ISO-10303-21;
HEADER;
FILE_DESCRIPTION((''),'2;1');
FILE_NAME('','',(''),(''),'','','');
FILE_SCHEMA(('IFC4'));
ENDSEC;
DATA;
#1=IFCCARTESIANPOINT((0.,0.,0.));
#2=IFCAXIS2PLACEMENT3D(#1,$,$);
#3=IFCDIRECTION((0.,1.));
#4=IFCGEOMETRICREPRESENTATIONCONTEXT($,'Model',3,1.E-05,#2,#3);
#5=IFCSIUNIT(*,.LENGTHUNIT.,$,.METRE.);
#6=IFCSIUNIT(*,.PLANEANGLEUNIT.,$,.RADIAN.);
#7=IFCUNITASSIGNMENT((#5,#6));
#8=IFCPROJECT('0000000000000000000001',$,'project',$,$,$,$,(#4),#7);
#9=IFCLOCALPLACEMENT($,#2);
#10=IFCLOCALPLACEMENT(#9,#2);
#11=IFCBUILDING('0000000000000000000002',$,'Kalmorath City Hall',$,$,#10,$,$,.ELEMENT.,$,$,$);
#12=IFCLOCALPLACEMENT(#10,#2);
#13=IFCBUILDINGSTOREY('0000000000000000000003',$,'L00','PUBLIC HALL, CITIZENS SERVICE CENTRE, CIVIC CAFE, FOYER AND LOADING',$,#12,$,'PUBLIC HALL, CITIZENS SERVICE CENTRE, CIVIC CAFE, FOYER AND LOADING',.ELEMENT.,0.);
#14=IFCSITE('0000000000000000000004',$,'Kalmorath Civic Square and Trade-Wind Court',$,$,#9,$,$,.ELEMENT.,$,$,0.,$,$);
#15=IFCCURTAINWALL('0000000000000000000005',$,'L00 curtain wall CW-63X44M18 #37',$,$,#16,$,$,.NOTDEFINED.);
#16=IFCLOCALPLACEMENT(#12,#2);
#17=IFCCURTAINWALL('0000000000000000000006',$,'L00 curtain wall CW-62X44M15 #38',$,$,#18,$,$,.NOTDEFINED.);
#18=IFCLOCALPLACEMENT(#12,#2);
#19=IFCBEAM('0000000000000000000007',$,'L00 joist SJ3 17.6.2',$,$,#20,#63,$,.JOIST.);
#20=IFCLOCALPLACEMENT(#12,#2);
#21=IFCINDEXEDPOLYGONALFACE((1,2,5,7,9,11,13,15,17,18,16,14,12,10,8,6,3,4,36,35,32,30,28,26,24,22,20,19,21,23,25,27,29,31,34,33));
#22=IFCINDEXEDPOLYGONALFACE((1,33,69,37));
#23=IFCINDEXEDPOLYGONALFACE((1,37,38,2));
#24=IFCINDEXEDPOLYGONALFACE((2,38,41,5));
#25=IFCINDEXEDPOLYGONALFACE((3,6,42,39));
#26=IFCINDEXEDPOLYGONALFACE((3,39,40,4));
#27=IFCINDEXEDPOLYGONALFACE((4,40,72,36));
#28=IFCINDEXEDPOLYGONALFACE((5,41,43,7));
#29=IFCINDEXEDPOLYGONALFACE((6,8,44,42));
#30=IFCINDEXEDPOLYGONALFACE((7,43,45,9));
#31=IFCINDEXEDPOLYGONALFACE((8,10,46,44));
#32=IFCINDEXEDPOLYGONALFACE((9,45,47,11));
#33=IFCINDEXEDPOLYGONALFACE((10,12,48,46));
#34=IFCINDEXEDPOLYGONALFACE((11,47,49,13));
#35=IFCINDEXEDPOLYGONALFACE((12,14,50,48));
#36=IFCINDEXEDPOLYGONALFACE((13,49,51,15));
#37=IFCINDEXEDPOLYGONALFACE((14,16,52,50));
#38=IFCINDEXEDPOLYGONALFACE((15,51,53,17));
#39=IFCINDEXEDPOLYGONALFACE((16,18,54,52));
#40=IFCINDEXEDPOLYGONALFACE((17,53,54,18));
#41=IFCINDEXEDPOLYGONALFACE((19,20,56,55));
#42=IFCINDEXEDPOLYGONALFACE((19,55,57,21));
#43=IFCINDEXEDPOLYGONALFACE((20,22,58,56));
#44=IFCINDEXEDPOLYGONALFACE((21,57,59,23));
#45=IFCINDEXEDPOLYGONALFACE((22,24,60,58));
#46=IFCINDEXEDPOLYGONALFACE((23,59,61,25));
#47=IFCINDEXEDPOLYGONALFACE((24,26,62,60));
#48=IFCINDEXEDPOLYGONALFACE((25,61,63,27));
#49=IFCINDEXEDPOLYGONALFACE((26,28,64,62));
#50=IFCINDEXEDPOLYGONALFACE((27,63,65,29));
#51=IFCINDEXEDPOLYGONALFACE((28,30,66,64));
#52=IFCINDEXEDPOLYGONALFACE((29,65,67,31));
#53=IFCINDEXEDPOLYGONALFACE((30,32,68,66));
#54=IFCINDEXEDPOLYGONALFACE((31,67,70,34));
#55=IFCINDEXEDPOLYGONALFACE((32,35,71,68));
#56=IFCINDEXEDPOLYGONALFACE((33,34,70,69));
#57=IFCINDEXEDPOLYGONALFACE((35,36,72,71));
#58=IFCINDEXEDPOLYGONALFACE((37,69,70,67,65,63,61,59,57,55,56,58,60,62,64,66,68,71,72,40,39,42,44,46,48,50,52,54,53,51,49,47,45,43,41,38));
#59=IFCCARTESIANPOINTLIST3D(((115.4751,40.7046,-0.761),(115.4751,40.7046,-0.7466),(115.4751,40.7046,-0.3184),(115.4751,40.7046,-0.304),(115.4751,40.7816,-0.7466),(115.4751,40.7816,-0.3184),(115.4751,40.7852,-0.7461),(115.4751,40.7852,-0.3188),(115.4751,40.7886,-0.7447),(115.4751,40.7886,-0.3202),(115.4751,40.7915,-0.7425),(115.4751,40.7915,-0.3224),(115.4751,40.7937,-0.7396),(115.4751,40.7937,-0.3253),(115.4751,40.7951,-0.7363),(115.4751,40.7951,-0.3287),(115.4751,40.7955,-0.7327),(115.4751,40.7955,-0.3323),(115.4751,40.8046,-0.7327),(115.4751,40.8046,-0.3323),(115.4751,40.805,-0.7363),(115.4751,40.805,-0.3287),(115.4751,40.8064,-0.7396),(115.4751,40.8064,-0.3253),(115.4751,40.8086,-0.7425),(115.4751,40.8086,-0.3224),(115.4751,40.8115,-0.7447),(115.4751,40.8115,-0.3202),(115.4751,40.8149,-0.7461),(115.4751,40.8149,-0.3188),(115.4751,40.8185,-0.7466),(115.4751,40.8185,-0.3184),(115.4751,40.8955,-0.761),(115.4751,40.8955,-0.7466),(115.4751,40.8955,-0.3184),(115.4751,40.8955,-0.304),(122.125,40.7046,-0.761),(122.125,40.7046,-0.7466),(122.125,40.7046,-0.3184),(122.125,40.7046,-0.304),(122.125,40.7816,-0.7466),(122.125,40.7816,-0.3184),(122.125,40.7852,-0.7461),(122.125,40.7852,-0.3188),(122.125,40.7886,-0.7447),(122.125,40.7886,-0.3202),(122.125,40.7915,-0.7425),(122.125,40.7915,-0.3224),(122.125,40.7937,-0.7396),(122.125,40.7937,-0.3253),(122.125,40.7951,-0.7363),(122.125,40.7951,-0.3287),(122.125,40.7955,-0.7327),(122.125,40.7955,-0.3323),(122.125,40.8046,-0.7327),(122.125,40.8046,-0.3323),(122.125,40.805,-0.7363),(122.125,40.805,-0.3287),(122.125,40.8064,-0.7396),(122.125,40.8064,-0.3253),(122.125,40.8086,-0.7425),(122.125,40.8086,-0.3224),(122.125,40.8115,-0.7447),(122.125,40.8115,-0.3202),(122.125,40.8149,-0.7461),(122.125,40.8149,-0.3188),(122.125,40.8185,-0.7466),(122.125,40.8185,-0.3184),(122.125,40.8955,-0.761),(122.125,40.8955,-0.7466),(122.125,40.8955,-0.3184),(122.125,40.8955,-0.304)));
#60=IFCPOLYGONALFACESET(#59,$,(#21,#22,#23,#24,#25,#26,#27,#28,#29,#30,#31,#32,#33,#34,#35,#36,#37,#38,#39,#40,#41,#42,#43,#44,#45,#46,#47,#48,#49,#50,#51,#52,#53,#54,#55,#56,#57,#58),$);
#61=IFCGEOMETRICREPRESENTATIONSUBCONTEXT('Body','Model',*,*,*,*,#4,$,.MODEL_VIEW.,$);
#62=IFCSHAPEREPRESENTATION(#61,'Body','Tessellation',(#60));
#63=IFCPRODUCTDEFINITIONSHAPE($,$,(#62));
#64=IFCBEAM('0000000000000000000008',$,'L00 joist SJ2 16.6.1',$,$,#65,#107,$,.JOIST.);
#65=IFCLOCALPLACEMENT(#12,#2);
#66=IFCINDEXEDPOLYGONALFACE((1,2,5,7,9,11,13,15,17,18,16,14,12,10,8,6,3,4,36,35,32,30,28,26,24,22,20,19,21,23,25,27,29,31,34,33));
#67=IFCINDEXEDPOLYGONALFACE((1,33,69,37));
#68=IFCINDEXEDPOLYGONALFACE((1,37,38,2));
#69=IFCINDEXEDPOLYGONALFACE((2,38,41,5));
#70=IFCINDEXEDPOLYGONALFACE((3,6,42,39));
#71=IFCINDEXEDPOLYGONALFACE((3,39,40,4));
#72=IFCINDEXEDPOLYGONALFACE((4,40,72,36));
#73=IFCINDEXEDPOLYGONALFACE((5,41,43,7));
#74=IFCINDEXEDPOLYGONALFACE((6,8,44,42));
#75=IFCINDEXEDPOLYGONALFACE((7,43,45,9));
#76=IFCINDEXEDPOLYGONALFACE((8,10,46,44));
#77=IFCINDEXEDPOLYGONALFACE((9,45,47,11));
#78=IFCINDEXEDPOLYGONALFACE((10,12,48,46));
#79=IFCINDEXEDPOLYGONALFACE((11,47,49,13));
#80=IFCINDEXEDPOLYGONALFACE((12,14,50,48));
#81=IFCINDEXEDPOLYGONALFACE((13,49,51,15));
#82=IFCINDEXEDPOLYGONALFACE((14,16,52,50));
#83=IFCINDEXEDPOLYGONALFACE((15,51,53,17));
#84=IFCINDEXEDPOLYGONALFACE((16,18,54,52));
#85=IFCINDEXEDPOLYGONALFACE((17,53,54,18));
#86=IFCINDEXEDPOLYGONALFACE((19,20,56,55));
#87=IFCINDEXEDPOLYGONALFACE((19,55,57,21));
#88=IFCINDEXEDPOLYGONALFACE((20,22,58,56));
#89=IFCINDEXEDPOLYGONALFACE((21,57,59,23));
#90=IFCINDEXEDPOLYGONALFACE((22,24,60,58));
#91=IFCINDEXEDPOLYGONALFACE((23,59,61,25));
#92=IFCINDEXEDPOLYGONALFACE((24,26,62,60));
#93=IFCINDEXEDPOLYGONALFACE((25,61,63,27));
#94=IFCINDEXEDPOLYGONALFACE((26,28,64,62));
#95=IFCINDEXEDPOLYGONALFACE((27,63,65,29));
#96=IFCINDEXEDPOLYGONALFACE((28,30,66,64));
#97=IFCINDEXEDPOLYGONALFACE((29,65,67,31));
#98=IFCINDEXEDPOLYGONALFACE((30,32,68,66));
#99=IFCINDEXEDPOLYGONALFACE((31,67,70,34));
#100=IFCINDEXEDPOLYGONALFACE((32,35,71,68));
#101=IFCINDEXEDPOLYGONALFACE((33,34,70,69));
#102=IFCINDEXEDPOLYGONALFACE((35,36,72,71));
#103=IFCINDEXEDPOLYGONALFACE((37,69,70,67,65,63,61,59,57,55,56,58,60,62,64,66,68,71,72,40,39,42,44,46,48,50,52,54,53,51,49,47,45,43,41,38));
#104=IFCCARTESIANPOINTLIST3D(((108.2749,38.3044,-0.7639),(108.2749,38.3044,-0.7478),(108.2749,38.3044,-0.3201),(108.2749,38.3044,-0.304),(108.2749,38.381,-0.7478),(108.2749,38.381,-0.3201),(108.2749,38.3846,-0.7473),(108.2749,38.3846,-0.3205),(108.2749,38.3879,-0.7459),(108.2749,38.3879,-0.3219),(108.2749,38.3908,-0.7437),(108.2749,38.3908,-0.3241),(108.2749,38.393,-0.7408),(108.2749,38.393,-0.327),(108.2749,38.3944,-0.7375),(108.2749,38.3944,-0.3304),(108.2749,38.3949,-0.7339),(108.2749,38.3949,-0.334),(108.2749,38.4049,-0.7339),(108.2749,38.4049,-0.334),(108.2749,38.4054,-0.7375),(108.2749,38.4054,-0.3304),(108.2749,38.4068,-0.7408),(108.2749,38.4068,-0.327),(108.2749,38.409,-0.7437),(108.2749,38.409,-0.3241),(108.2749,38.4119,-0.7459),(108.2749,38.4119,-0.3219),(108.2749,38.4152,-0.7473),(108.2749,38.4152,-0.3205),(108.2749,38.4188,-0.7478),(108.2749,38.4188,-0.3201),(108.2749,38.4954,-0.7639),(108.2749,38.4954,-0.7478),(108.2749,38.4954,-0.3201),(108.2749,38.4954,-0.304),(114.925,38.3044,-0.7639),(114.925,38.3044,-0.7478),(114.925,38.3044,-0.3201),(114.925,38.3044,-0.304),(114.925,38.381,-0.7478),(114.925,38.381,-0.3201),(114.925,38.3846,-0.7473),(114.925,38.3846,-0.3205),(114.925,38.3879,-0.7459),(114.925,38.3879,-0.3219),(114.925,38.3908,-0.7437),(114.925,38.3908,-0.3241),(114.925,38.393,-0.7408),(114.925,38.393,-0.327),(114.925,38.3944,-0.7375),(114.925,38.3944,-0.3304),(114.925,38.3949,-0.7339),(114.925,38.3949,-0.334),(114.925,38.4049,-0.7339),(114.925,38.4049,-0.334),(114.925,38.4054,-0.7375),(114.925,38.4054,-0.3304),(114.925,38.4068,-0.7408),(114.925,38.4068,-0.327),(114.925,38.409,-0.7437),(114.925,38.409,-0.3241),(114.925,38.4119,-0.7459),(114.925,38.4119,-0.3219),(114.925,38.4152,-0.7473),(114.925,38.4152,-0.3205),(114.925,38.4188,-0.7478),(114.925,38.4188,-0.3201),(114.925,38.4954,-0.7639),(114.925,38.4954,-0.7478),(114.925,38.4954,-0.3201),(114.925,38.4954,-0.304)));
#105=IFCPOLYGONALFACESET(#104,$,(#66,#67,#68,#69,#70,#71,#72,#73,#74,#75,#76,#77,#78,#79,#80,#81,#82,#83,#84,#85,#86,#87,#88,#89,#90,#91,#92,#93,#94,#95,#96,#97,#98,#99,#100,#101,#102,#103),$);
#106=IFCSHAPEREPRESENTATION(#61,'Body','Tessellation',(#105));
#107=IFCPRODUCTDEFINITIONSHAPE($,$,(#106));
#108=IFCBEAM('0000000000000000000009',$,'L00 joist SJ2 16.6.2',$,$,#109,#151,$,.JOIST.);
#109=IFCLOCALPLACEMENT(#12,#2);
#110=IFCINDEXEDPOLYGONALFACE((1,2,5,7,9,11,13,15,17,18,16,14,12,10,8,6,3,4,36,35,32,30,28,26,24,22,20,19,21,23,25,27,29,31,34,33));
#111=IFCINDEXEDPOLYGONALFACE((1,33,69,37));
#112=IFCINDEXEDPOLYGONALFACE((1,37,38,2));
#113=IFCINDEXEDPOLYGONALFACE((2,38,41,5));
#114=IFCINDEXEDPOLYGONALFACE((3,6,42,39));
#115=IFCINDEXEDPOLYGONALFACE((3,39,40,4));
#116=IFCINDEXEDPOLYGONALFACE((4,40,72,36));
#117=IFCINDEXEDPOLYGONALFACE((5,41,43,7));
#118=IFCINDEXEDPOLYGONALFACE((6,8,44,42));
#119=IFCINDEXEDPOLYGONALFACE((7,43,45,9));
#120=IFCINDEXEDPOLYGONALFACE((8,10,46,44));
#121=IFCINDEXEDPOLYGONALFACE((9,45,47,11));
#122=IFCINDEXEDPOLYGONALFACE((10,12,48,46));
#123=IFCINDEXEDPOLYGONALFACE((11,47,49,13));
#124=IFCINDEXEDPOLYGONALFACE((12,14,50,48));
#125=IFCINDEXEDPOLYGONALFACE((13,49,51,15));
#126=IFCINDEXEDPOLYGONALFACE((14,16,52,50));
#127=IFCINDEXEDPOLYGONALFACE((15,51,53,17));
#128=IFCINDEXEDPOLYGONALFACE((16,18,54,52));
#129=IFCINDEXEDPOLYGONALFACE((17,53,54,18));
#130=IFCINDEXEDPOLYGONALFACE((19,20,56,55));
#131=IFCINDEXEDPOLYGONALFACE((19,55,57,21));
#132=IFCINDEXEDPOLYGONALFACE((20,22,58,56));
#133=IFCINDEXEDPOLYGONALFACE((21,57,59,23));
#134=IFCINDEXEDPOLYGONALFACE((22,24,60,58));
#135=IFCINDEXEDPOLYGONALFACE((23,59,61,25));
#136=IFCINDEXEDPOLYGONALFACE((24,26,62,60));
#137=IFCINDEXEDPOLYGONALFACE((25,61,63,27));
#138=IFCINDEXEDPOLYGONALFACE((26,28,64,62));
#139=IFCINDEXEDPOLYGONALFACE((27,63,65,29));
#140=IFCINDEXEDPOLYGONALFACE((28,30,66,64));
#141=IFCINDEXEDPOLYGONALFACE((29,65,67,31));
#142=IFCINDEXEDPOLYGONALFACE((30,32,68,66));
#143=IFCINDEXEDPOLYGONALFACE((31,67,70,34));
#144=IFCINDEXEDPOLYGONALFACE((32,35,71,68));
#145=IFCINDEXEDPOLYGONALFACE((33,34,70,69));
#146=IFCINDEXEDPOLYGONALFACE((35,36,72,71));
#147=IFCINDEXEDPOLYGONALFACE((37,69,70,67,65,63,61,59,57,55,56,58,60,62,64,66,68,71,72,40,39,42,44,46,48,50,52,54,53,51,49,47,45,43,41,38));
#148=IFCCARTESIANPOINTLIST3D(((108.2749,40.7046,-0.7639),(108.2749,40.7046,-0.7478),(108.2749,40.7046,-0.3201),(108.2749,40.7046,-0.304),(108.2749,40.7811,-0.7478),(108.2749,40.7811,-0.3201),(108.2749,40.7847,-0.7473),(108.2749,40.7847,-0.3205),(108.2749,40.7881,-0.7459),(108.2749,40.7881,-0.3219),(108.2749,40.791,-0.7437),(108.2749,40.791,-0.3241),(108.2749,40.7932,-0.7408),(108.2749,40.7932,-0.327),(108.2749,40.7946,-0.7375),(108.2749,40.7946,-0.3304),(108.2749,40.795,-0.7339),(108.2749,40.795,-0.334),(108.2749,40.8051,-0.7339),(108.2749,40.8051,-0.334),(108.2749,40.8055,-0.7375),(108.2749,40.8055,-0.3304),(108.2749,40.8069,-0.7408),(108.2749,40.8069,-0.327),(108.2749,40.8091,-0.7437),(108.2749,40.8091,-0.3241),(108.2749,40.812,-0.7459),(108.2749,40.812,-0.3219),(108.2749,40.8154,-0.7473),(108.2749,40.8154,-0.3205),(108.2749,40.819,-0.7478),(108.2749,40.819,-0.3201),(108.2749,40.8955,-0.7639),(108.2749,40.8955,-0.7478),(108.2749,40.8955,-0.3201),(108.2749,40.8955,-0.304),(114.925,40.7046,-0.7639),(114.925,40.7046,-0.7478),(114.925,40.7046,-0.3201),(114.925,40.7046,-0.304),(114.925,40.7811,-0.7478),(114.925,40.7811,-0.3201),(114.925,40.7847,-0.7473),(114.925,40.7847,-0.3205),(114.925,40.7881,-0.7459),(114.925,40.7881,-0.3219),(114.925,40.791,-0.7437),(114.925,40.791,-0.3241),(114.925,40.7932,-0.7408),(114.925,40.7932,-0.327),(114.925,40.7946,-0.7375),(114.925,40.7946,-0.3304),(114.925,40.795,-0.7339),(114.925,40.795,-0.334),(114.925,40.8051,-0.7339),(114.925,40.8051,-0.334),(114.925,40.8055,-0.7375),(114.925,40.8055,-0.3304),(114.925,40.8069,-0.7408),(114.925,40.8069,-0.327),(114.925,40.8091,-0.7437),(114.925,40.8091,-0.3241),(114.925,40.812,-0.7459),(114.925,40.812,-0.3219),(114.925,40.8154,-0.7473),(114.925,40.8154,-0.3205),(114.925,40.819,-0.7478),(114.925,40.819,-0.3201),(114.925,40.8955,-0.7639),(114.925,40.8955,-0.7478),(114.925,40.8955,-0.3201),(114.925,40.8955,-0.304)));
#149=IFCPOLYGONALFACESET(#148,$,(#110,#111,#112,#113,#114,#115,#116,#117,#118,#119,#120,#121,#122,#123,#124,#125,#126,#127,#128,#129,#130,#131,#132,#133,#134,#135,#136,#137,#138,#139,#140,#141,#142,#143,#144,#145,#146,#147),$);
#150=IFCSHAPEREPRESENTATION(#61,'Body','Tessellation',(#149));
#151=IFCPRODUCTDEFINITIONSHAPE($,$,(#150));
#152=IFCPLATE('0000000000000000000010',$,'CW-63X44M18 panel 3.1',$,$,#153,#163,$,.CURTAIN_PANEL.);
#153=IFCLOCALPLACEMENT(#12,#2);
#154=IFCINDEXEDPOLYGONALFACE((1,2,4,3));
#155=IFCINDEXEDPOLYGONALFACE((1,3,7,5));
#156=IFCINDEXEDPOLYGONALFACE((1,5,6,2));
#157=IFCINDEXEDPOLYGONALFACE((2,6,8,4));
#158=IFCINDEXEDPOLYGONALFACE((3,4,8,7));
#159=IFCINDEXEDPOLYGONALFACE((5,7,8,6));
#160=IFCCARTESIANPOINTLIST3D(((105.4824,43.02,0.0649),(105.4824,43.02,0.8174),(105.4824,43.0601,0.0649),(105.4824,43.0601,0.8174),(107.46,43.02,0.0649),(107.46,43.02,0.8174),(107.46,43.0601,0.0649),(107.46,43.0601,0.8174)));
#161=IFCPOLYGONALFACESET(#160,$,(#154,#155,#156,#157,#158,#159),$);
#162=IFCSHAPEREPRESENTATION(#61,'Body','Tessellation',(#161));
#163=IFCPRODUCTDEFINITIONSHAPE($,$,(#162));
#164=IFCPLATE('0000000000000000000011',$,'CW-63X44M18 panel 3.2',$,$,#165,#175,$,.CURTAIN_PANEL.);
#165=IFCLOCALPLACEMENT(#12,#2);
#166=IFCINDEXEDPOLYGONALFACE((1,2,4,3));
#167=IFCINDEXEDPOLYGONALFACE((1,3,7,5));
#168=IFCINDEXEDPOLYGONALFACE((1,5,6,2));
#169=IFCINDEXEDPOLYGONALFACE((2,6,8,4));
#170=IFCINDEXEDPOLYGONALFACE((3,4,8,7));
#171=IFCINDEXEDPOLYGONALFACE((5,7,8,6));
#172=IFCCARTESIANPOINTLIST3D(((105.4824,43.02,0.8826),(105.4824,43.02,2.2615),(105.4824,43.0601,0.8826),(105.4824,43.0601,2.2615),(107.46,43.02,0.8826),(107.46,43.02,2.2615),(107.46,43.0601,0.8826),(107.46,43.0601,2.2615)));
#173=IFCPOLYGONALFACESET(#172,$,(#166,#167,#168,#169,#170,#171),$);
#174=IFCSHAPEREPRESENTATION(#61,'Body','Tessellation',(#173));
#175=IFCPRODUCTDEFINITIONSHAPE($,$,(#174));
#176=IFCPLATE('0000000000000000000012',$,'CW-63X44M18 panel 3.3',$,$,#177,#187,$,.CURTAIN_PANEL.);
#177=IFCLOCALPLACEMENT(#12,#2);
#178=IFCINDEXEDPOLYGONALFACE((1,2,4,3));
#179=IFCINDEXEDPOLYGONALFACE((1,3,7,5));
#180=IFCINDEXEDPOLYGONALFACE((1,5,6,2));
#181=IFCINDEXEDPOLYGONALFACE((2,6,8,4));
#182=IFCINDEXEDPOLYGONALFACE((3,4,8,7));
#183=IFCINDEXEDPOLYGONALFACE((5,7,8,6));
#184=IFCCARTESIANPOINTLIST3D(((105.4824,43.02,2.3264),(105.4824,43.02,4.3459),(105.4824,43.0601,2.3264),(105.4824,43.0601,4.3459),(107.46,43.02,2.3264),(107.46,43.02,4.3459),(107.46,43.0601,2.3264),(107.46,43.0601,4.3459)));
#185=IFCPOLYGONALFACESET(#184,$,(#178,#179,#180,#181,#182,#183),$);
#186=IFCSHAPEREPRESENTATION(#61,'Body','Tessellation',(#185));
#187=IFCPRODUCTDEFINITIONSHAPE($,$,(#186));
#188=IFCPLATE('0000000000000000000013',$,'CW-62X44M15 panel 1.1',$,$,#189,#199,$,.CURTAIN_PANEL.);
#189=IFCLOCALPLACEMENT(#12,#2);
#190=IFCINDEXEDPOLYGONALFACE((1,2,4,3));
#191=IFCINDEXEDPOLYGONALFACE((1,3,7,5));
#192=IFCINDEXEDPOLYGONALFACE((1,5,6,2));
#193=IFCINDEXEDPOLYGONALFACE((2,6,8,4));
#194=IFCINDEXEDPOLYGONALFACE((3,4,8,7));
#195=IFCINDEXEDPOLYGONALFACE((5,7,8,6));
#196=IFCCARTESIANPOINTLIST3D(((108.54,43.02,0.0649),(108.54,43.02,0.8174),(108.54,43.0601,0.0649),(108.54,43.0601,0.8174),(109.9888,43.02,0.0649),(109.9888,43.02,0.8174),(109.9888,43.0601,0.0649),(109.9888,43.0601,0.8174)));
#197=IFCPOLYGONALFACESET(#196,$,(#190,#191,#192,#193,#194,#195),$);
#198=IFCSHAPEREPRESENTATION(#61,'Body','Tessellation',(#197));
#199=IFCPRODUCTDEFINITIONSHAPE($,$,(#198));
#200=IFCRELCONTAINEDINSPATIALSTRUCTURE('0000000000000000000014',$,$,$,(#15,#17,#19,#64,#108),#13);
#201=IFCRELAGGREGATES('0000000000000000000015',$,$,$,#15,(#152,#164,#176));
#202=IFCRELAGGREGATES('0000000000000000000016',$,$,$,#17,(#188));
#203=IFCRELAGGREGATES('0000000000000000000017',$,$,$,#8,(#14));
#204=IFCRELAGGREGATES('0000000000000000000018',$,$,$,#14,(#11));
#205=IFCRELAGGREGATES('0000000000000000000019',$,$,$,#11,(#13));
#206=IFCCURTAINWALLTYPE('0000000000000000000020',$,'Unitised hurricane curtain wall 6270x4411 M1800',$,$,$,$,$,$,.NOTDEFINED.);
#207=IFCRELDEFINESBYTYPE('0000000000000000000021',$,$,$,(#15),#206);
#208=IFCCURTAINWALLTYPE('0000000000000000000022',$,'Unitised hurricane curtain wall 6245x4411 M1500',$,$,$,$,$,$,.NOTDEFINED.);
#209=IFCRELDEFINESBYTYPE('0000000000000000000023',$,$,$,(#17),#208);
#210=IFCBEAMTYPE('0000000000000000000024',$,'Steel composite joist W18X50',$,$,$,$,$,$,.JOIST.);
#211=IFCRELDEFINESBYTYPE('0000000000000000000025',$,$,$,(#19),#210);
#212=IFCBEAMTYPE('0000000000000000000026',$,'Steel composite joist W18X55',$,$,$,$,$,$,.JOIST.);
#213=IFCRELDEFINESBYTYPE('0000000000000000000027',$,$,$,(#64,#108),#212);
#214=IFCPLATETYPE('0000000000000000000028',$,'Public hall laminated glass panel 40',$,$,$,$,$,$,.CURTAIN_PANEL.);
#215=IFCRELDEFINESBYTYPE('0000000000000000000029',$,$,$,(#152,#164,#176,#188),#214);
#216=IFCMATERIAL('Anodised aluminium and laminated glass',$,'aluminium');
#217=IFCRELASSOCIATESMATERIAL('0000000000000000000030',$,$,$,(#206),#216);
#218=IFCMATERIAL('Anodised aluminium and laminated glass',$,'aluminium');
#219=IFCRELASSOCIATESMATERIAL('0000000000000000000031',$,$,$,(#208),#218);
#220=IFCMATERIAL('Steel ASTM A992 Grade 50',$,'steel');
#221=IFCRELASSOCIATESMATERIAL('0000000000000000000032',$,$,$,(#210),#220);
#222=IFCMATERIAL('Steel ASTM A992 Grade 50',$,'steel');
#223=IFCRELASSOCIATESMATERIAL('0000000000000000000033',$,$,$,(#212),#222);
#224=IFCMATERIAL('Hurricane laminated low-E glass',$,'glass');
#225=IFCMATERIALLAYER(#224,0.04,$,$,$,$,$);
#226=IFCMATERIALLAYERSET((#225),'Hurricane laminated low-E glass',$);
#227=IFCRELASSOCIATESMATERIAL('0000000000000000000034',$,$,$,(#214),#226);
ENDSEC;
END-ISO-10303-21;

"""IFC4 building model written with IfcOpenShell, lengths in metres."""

from ifc_helpers import new_model, si_unit, direction, frame, origin, origin_2d, place, context, subcontext, project, spatial, rectangle, i_section, extrude, material, layer, layer_set, material_profile, profile_set, type_object, element, aggregate, save


model = new_model("IFC4")

# Units and contexts
model_context = context("Model", 3, precision=1e-05, world=origin(), true_north=direction((0.0, 1.0)))
body_context = subcontext(model_context, "Body", "Model", "MODEL_VIEW")
ifc_project = project(units=[si_unit("LENGTHUNIT", "METRE"), si_unit("PLANEANGLEUNIT", "RADIAN")], contexts=[model_context])

# Site, building, storey
site_placement = place(None, origin())
site = spatial("IfcSite", under=ifc_project, at=site_placement, Name="Kalmorath Civic Square and Trade-Wind Court", CompositionType="ELEMENT", RefElevation=0.0)
building_placement = place(site_placement, origin())
building = spatial("IfcBuilding", under=site, at=building_placement, Name="Kalmorath City Hall", CompositionType="ELEMENT")
storey_placement = place(building_placement, origin())
storey = spatial("IfcBuildingStorey", under=building, at=storey_placement, Name="L00", Description="PUBLIC HALL, CITIZENS SERVICE CENTRE, CIVIC CAFE, FOYER AND LOADING", LongName="PUBLIC HALL, CITIZENS SERVICE CENTRE, CIVIC CAFE, FOYER AND LOADING", CompositionType="ELEMENT", Elevation=0.0)

# Curtain wall
ifc_material_1 = material(Name="Anodised aluminium and laminated glass", Category="aluminium")
curtain_wall_type_1 = type_object("IfcCurtainWallType", Name="Unitised hurricane curtain wall 6270x4411 M1800", PredefinedType="NOTDEFINED", material=ifc_material_1)
curtain_wall_1_placement = place(storey_placement, origin())
curtain_wall_1 = element("IfcCurtainWall", 1, at=curtain_wall_1_placement, inside=storey, type_object=curtain_wall_type_1, Name="L00 curtain wall CW-63X44M18 #37", PredefinedType="NOTDEFINED")

# Curtain wall
ifc_material_2 = material(Name="Anodised aluminium and laminated glass", Category="aluminium")
curtain_wall_type_2 = type_object("IfcCurtainWallType", Name="Unitised hurricane curtain wall 6245x4411 M1500", PredefinedType="NOTDEFINED", material=ifc_material_2)
curtain_wall_2_placement = place(storey_placement, origin())
curtain_wall_2 = element("IfcCurtainWall", 2, at=curtain_wall_2_placement, inside=storey, type_object=curtain_wall_type_2, Name="L00 curtain wall CW-62X44M15 #38", PredefinedType="NOTDEFINED")

# Beams
ifc_material_3 = material(Name="Steel ASTM A992 Grade 50", Category="steel")
ifc_material_profile_1 = material_profile(ifc_material_3, i_section(OverallWidth=0.1909, OverallDepth=0.457, WebThickness=0.009, FlangeThickness=0.0144, FilletRadius=0.0139, at=origin_2d()), Name="W18X50")
ifc_profile_set_1 = profile_set([ifc_material_profile_1], Name="Steel ASTM A992 Grade 50")
beam_type_1 = type_object("IfcBeamType", Name="Steel composite joist W18X50", PredefinedType="JOIST", material=ifc_profile_set_1)
for number, where, z_axis, x_axis, name in (
    (3, (115.4751, 40.8, -0.5325), (1.0, 0.0, 0.0), (0.0, 1.0, 0.0), "L00 joist SJ3 17.6.2"),
):
    element("IfcBeam", number, at=place(storey_placement, frame(where, z_axis=z_axis, x_axis=x_axis)), inside=storey, type_object=beam_type_1, Name=name, PredefinedType="JOIST", context=body_context, shape_type="SweptSolid", body=[
        extrude(i_section(OverallWidth=0.1909, OverallDepth=0.457, WebThickness=0.009, FlangeThickness=0.0144, FilletRadius=0.0139, at=origin_2d()), origin(), (0.0, 0.0, 1.0), 6.6499),
    ])
ifc_material_4 = material(Name="Steel ASTM A992 Grade 50", Category="steel")
ifc_material_profile_2 = material_profile(ifc_material_4, i_section(OverallWidth=0.1909, OverallDepth=0.46, WebThickness=0.01, FlangeThickness=0.0161, FilletRadius=0.0139, at=origin_2d()), Name="W18X55")
ifc_profile_set_2 = profile_set([ifc_material_profile_2], Name="Steel ASTM A992 Grade 50")
beam_type_2 = type_object("IfcBeamType", Name="Steel composite joist W18X55", PredefinedType="JOIST", material=ifc_profile_set_2)
for number, where, z_axis, x_axis, name in (
    (4, (108.2749, 38.3999, -0.5339), (1.0, 0.0, 0.0), (0.0, 1.0, 0.0), "L00 joist SJ2 16.6.1"),
    (5, (108.2749, 40.8, -0.5339), (1.0, 0.0, 0.0), (0.0, 1.0, 0.0), "L00 joist SJ2 16.6.2"),
):
    element("IfcBeam", number, at=place(storey_placement, frame(where, z_axis=z_axis, x_axis=x_axis)), inside=storey, type_object=beam_type_2, Name=name, PredefinedType="JOIST", context=body_context, shape_type="SweptSolid", body=[
        extrude(i_section(OverallWidth=0.1909, OverallDepth=0.46, WebThickness=0.01, FlangeThickness=0.0161, FilletRadius=0.0139, at=origin_2d()), origin(), (0.0, 0.0, 1.0), 6.6501),
    ])

# Plates
ifc_material_5 = material(Name="Hurricane laminated low-E glass", Category="glass")
ifc_layer_1 = layer(ifc_material_5, 0.04)
ifc_layer_set_1 = layer_set([ifc_layer_1], Name="Hurricane laminated low-E glass")
plate_type = type_object("IfcPlateType", Name="Public hall laminated glass panel 40", PredefinedType="CURTAIN_PANEL", material=ifc_layer_set_1)
plate_1_placement = place(storey_placement, frame((106.4712, 43.04, 0.0649), z_axis=(0.0, 0.0, 1.0), x_axis=(1.0, 0.0, 0.0)))
plate_1 = element("IfcPlate", 6, at=plate_1_placement, type_object=plate_type, Name="CW-63X44M18 panel 3.1", PredefinedType="CURTAIN_PANEL", context=body_context, shape_type="SweptSolid", body=[
    extrude(rectangle(XDim=1.9775, YDim=0.04, at=origin_2d()), origin(), (0.0, 0.0, 1.0), 0.7524),
])
plate_2_placement = place(storey_placement, frame((106.4712, 43.04, 0.8826), z_axis=(0.0, 0.0, 1.0), x_axis=(1.0, 0.0, 0.0)))
plate_2 = element("IfcPlate", 7, at=plate_2_placement, type_object=plate_type, Name="CW-63X44M18 panel 3.2", PredefinedType="CURTAIN_PANEL", context=body_context, shape_type="SweptSolid", body=[
    extrude(rectangle(XDim=1.9775, YDim=0.04, at=origin_2d()), origin(), (0.0, 0.0, 1.0), 1.3789),
])
plate_3_placement = place(storey_placement, frame((106.4712, 43.04, 2.3264), z_axis=(0.0, 0.0, 1.0), x_axis=(1.0, 0.0, 0.0)))
plate_3 = element("IfcPlate", 8, at=plate_3_placement, type_object=plate_type, Name="CW-63X44M18 panel 3.3", PredefinedType="CURTAIN_PANEL", context=body_context, shape_type="SweptSolid", body=[
    extrude(rectangle(XDim=1.9775, YDim=0.04, at=origin_2d()), origin(), (0.0, 0.0, 1.0), 2.0195),
])
aggregate(curtain_wall_1, [plate_1, plate_2, plate_3])
plate_4_placement = place(storey_placement, frame((109.2644, 43.04, 0.0649), z_axis=(0.0, 0.0, 1.0), x_axis=(1.0, 0.0, 0.0)))
plate_4 = element("IfcPlate", 9, at=plate_4_placement, type_object=plate_type, Name="CW-62X44M15 panel 1.1", PredefinedType="CURTAIN_PANEL", context=body_context, shape_type="SweptSolid", body=[
    extrude(rectangle(XDim=1.4487, YDim=0.04, at=origin_2d()), origin(), (0.0, 0.0, 1.0), 0.7524),
])
aggregate(curtain_wall_2, [plate_4])

save(model, "model.ifc")
